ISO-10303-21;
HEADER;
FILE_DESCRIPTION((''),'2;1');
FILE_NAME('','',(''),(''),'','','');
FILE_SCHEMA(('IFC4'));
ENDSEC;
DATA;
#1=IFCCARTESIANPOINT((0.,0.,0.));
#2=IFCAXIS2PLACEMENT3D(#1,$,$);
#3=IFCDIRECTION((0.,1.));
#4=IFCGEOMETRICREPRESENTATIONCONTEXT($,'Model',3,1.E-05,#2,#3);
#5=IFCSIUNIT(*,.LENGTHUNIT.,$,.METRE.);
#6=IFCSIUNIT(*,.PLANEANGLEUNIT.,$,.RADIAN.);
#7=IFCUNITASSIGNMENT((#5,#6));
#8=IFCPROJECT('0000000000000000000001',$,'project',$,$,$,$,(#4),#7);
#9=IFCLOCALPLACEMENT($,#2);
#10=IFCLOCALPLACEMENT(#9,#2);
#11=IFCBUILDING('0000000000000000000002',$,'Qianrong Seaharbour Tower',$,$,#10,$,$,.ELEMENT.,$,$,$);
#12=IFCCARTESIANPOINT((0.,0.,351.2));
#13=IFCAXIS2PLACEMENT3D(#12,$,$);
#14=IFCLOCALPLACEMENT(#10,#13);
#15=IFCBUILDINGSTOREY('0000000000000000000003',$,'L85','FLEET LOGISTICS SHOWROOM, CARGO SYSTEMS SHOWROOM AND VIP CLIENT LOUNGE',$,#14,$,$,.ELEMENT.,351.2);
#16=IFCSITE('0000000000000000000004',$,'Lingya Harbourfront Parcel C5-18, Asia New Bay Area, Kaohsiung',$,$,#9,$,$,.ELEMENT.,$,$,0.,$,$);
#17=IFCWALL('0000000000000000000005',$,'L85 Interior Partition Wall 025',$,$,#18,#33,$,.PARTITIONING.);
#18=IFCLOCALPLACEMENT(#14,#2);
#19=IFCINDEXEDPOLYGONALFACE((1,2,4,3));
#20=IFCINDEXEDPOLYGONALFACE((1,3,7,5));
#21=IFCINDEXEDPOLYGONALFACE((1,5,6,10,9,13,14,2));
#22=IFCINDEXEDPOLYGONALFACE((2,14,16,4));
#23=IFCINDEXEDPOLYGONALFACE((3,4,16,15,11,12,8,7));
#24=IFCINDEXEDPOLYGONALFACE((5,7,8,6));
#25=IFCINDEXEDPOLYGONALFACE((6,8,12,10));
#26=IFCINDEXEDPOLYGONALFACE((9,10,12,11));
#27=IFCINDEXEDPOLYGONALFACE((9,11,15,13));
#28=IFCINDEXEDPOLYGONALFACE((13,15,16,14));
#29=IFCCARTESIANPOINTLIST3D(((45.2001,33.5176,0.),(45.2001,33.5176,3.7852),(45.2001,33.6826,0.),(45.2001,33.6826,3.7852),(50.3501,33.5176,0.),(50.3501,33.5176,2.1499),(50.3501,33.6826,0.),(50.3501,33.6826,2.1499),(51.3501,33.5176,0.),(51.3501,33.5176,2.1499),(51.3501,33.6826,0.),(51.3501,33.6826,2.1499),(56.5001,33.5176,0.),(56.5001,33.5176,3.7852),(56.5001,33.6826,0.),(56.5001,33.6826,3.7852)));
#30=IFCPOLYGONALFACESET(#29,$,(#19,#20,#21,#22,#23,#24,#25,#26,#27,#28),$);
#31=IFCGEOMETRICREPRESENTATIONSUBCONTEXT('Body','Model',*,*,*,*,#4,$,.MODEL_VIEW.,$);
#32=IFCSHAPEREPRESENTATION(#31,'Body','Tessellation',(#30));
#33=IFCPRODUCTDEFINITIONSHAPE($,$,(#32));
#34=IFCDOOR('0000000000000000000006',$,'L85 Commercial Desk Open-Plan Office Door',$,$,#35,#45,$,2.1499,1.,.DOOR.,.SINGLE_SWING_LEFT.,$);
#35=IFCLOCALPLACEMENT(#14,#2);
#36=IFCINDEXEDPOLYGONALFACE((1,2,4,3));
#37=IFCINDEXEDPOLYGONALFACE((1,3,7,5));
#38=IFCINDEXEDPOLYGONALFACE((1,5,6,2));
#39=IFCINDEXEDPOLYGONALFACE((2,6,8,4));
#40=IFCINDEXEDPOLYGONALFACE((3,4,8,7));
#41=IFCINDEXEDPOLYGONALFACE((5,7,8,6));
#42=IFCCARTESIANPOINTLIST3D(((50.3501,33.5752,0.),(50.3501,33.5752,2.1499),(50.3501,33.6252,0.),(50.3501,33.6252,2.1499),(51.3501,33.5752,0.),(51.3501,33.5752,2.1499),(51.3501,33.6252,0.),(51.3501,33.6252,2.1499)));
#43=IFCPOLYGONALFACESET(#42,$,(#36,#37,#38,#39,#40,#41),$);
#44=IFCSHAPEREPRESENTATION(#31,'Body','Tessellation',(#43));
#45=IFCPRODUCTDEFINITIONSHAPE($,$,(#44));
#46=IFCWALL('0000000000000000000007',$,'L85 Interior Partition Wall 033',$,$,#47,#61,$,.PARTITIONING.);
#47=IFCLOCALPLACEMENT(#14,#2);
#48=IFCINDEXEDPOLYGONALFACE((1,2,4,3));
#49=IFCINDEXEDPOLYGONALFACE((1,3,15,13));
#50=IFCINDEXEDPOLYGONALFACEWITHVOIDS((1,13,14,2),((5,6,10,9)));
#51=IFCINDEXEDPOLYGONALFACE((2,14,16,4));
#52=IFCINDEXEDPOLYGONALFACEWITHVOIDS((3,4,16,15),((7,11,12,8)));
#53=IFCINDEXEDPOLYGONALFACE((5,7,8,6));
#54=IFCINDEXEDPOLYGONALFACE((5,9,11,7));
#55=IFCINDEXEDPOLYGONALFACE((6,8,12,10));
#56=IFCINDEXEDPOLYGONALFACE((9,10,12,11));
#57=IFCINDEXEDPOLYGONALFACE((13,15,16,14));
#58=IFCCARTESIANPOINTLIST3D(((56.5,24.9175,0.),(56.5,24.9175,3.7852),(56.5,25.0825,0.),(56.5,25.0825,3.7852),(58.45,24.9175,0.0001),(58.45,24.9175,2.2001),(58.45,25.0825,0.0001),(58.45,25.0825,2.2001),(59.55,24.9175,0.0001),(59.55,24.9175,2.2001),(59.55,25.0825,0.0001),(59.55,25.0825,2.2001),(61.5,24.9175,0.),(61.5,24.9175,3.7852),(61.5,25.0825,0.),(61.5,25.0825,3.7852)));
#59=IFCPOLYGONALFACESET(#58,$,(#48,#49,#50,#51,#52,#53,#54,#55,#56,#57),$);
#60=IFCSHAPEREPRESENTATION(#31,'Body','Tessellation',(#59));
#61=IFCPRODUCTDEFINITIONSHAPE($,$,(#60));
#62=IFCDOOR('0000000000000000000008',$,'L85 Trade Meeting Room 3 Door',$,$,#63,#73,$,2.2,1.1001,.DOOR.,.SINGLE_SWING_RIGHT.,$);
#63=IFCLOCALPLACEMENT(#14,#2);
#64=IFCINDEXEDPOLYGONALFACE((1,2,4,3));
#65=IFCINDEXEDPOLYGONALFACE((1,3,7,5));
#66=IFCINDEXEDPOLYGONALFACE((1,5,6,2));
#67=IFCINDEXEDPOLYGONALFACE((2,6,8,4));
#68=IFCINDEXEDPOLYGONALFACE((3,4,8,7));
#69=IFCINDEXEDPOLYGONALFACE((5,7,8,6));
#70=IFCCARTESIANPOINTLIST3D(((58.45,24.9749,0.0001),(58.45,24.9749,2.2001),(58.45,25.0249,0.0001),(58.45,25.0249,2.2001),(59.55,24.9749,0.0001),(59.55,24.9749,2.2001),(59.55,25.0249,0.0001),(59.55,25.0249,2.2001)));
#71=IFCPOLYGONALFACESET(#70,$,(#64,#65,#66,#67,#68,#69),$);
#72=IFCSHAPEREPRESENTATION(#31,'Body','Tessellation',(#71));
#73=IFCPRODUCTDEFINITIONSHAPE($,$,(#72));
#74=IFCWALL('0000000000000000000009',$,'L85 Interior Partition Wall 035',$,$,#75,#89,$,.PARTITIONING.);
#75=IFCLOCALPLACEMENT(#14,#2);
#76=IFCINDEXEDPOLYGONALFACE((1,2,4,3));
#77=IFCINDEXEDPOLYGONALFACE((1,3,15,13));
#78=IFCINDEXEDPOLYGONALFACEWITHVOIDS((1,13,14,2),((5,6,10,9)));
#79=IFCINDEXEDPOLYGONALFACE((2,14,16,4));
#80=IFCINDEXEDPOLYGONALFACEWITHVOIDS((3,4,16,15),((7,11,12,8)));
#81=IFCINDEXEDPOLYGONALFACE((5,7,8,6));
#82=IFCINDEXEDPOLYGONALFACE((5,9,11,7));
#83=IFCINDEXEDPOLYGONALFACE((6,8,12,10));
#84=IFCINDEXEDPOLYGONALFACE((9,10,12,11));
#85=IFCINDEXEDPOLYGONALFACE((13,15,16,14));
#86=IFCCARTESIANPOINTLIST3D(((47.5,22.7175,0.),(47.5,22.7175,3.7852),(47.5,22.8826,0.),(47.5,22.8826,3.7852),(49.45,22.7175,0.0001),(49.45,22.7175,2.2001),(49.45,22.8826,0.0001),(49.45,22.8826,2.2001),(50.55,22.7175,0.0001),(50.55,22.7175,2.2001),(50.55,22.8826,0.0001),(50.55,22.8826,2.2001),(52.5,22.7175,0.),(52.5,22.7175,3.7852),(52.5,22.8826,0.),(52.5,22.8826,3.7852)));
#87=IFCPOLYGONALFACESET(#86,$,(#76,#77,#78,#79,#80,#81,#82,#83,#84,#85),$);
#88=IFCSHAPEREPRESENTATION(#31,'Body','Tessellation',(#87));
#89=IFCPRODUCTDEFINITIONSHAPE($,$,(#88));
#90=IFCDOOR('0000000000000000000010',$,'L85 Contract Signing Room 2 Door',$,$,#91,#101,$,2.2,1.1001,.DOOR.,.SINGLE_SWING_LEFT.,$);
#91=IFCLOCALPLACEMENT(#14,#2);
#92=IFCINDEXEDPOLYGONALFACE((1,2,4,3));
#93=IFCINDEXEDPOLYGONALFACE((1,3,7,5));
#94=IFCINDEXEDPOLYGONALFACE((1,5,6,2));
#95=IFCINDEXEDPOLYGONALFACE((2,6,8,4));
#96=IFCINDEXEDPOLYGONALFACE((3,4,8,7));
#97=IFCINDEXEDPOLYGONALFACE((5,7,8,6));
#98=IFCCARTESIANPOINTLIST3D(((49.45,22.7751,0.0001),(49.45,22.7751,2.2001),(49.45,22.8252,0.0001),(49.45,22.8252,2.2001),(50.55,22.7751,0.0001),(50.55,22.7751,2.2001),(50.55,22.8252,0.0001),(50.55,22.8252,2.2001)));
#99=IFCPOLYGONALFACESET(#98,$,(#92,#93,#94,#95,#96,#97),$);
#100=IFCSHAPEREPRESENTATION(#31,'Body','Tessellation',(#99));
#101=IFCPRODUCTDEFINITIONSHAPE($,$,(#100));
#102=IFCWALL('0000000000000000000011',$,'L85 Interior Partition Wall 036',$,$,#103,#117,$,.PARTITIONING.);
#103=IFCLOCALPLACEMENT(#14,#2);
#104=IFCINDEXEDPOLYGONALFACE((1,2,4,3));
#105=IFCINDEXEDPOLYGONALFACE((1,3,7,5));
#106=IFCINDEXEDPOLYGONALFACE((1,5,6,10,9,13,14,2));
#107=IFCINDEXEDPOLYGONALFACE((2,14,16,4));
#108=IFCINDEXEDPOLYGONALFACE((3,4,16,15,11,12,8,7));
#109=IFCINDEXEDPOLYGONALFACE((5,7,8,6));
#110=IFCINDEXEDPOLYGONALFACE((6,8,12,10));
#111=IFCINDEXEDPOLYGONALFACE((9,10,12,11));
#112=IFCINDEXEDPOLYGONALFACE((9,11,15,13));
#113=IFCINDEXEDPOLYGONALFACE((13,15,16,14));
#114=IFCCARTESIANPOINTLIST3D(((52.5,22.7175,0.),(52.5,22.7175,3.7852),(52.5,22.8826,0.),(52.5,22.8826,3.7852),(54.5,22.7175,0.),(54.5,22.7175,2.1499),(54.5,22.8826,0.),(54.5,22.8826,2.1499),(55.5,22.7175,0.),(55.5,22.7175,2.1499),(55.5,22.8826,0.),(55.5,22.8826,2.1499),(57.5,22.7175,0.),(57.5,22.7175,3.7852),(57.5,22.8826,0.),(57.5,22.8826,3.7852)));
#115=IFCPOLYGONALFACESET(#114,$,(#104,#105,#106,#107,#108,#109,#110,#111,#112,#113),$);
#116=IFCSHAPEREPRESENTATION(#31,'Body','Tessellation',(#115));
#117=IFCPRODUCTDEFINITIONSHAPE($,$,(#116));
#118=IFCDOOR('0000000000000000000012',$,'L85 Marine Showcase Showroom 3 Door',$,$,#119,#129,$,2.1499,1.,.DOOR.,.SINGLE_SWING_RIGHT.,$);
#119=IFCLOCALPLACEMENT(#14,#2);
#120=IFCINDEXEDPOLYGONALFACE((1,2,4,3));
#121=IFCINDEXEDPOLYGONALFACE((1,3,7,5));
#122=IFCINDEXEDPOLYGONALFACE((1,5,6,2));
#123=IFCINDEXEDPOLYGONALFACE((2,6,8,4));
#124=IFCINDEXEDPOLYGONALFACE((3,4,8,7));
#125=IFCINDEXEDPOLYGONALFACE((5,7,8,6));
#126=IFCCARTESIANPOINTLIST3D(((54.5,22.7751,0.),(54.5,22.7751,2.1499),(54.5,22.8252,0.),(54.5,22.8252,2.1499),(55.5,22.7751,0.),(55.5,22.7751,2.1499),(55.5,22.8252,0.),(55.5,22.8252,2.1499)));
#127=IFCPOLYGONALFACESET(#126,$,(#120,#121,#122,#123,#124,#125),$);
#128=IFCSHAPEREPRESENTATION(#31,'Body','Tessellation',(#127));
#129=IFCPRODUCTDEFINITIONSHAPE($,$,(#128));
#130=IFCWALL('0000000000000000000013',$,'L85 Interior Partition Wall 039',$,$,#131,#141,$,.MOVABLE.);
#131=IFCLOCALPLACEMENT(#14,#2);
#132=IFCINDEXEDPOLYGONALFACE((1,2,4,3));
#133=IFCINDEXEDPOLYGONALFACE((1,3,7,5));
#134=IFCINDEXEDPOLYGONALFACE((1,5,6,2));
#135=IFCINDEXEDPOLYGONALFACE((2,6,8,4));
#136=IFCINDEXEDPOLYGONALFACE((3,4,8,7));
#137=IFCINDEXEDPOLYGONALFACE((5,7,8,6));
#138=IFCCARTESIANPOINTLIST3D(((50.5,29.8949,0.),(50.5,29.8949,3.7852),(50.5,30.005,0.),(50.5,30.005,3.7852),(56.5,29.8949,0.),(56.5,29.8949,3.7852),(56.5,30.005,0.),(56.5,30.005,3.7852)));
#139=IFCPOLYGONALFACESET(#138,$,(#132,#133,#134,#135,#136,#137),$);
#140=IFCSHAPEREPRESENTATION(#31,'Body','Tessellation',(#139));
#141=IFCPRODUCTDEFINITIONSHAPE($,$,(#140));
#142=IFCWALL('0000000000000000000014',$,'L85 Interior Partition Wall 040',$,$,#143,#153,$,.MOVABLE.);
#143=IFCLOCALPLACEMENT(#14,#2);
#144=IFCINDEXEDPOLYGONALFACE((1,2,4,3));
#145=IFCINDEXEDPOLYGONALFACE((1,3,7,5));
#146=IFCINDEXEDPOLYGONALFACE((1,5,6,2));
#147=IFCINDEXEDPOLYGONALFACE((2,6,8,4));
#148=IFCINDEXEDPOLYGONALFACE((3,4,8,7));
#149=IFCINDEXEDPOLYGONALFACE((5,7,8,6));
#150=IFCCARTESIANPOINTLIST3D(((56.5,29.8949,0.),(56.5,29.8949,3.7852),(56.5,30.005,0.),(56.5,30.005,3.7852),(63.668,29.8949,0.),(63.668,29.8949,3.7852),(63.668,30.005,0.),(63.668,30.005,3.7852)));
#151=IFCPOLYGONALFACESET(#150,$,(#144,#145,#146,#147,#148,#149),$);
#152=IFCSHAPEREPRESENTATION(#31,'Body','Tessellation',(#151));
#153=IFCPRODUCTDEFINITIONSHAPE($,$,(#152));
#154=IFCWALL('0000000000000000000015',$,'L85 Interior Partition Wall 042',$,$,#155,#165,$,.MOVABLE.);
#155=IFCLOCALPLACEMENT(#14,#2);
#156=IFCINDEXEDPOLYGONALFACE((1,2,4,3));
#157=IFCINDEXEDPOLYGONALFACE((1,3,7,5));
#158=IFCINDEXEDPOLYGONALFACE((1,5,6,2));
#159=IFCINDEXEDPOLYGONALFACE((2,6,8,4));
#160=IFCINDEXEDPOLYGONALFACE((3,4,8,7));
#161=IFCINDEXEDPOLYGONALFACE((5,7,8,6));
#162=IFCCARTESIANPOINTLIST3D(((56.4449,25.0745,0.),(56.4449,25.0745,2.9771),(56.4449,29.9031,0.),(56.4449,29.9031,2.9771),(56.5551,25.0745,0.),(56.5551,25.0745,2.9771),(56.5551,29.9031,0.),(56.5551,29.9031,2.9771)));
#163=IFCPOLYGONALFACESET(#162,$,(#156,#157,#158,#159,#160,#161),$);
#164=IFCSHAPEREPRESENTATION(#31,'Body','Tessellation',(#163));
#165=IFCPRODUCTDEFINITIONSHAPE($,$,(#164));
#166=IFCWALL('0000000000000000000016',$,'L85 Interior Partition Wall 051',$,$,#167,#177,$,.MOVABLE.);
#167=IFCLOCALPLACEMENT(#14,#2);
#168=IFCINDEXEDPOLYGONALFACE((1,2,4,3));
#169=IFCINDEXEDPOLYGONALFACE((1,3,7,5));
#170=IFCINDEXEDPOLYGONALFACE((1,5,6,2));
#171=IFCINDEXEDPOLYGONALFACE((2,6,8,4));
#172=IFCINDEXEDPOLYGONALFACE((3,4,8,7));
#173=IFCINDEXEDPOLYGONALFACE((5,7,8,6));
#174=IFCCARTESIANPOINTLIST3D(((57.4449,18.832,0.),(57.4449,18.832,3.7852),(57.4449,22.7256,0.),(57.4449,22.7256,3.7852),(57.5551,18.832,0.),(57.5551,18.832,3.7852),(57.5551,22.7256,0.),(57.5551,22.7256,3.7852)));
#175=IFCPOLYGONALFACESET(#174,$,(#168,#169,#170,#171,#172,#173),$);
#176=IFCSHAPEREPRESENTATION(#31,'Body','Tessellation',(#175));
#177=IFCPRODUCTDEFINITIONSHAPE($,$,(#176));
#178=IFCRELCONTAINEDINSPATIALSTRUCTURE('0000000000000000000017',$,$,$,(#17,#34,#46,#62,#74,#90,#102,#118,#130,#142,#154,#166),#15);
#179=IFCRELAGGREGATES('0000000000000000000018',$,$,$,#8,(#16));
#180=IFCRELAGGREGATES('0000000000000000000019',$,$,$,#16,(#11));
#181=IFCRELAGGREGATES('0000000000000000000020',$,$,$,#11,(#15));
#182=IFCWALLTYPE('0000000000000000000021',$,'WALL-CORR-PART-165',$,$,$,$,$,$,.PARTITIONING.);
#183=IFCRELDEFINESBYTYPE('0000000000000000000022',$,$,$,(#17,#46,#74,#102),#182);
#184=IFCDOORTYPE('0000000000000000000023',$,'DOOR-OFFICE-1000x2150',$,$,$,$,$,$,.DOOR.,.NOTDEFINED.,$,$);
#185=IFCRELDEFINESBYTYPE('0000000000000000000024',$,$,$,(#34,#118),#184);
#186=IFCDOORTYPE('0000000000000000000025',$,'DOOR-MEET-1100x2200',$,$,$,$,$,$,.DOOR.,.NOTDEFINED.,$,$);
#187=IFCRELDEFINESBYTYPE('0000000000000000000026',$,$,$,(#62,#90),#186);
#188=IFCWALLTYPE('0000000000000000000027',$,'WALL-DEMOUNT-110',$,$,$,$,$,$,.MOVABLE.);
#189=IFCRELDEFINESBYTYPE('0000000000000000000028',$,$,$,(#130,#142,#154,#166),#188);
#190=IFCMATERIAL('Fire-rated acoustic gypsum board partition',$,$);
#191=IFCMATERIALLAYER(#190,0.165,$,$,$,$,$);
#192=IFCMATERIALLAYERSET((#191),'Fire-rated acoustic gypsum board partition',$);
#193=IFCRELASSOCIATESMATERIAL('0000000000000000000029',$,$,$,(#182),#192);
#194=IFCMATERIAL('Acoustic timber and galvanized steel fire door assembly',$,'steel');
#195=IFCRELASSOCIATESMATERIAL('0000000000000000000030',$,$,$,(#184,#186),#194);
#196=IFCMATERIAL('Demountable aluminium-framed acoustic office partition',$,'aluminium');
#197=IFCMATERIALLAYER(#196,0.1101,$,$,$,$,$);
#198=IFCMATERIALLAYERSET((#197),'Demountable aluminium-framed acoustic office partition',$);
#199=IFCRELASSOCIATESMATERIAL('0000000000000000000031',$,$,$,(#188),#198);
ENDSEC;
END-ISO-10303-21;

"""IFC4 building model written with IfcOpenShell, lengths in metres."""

from ifc_helpers import new_model, si_unit, direction, frame, frame_2d, origin, place, context, subcontext, project, spatial, rectangle, extrude, material, layer, layer_set, type_object, element, fill, save


model = new_model("IFC4")

# Units and contexts
model_context = context("Model", 3, precision=1e-05, world=origin(), true_north=direction((0.0, 1.0)))
body_context = subcontext(model_context, "Body", "Model", "MODEL_VIEW")
ifc_project = project(units=[si_unit("LENGTHUNIT", "METRE"), si_unit("PLANEANGLEUNIT", "RADIAN")], contexts=[model_context])

# Site, building, storey
site_placement = place(None, origin())
site = spatial("IfcSite", under=ifc_project, at=site_placement, Name="Lingya Harbourfront Parcel C5-18, Asia New Bay Area, Kaohsiung", CompositionType="ELEMENT", RefElevation=0.0)
building_placement = place(site_placement, origin())
building = spatial("IfcBuilding", under=site, at=building_placement, Name="Qianrong Seaharbour Tower", CompositionType="ELEMENT")
storey_placement = place(building_placement, frame((0.0, 0.0, 351.2)))
storey = spatial("IfcBuildingStorey", under=building, at=storey_placement, Name="L85", Description="FLEET LOGISTICS SHOWROOM, CARGO SYSTEMS SHOWROOM AND VIP CLIENT LOUNGE", CompositionType="ELEMENT", Elevation=351.2)

# Shared definitions
ifc_material_1 = material(Name="Fire-rated acoustic gypsum board partition")
ifc_layer_1 = layer(ifc_material_1, 0.165)
ifc_layer_set_1 = layer_set([ifc_layer_1], Name="Fire-rated acoustic gypsum board partition")
wall_type_1 = type_object("IfcWallType", Name="WALL-CORR-PART-165", PredefinedType="PARTITIONING", material=ifc_layer_set_1)

# Walls, openings, doors
wall_1_placement = place(storey_placement, frame((56.5, 33.6001, 0.0), z_axis=(0.0, 0.0, 1.0), x_axis=(-1.0, 0.0, 0.0)))
wall_1 = element("IfcWall", 1, at=wall_1_placement, inside=storey, type_object=wall_type_1, Name="L85 Interior Partition Wall 025", PredefinedType="PARTITIONING", context=body_context, shape_type="SweptSolid", body=[
    extrude(rectangle(XDim=11.3, YDim=0.165, at=frame_2d((5.6499, 0.0))), origin(), (0.0, 0.0, 1.0), 3.7852),
])
opening_1_placement = place(wall_1_placement, frame((5.1499, 0.0, 0.0)))
opening_1 = element("IfcOpeningElement", 2, at=opening_1_placement, cuts=wall_1, PredefinedType="OPENING", context=body_context, shape_type="SweptSolid", body=[
    extrude(rectangle(XDim=1.0, YDim=2.1499, at=frame_2d((0.5, 1.075))), frame((0.0, 0.0925, 0.0), z_axis=(0.0, -1.0, 0.0), x_axis=(1.0, 0.0, 0.0)), (0.0, 0.0, 1.0), 0.1851),
])
ifc_material_2 = material(Name="Acoustic timber and galvanized steel fire door assembly", Category="steel")
door_type_1 = type_object("IfcDoorType", Name="DOOR-OFFICE-1000x2150", OperationType="NOTDEFINED", PredefinedType="DOOR", material=ifc_material_2)
door_1_placement = place(opening_1_placement, origin())
door_1 = element("IfcDoor", 3, at=door_1_placement, inside=storey, type_object=door_type_1, Name="L85 Commercial Desk Open-Plan Office Door", OperationType="SINGLE_SWING_LEFT", OverallHeight=2.1499, OverallWidth=1.0, PredefinedType="DOOR", context=body_context, shape_type="SweptSolid", body=[
    extrude(rectangle(XDim=1.0, YDim=2.1499, at=frame_2d((0.5, 1.075))), frame((0.0, 0.0249, 0.0), z_axis=(0.0, -1.0, 0.0), x_axis=(1.0, 0.0, 0.0)), (0.0, 0.0, 1.0), 0.05),
])
fill(opening_1, door_1)
wall_2_placement = place(storey_placement, frame((56.5, 25.0, 0.0), z_axis=(0.0, 0.0, 1.0), x_axis=(1.0, 0.0, 0.0)))
wall_2 = element("IfcWall", 4, at=wall_2_placement, inside=storey, type_object=wall_type_1, Name="L85 Interior Partition Wall 033", PredefinedType="PARTITIONING", context=body_context, shape_type="SweptSolid", body=[
    extrude(rectangle(XDim=5.0, YDim=0.165, at=frame_2d((2.5, 0.0))), origin(), (0.0, 0.0, 1.0), 3.7852),
])
opening_2_placement = place(wall_2_placement, frame((1.95, 0.0, 0.0)))
opening_2 = element("IfcOpeningElement", 5, at=opening_2_placement, cuts=wall_2, PredefinedType="OPENING", context=body_context, shape_type="SweptSolid", body=[
    extrude(rectangle(XDim=1.1001, YDim=2.2, at=frame_2d((0.55, 1.1001))), frame((0.0, 0.0925, 0.0), z_axis=(0.0, -1.0, 0.0), x_axis=(1.0, 0.0, 0.0)), (0.0, 0.0, 1.0), 0.1851),
])
door_type_2 = type_object("IfcDoorType", Name="DOOR-MEET-1100x2200", OperationType="NOTDEFINED", PredefinedType="DOOR", material=ifc_material_2)
door_2_placement = place(opening_2_placement, origin())
door_2 = element("IfcDoor", 6, at=door_2_placement, inside=storey, type_object=door_type_2, Name="L85 Trade Meeting Room 3 Door", OperationType="SINGLE_SWING_RIGHT", OverallHeight=2.2, OverallWidth=1.1001, PredefinedType="DOOR", context=body_context, shape_type="SweptSolid", body=[
    extrude(rectangle(XDim=1.1001, YDim=2.2, at=frame_2d((0.55, 1.1001))), frame((0.0, 0.0249, 0.0), z_axis=(0.0, -1.0, 0.0), x_axis=(1.0, 0.0, 0.0)), (0.0, 0.0, 1.0), 0.05),
])
fill(opening_2, door_2)
wall_3_placement = place(storey_placement, frame((52.5, 22.8, 0.0), z_axis=(0.0, 0.0, 1.0), x_axis=(-1.0, 0.0, 0.0)))
wall_3 = element("IfcWall", 7, at=wall_3_placement, inside=storey, type_object=wall_type_1, Name="L85 Interior Partition Wall 035", PredefinedType="PARTITIONING", context=body_context, shape_type="SweptSolid", body=[
    extrude(rectangle(XDim=5.0, YDim=0.165, at=frame_2d((2.5, 0.0))), origin(), (0.0, 0.0, 1.0), 3.7852),
])
opening_3_placement = place(wall_3_placement, frame((1.95, 0.0, 0.0)))
opening_3 = element("IfcOpeningElement", 8, at=opening_3_placement, cuts=wall_3, PredefinedType="OPENING", context=body_context, shape_type="SweptSolid", body=[
    extrude(rectangle(XDim=1.1001, YDim=2.2, at=frame_2d((0.55, 1.1001))), frame((0.0, 0.0925, 0.0), z_axis=(0.0, -1.0, 0.0), x_axis=(1.0, 0.0, 0.0)), (0.0, 0.0, 1.0), 0.1851),
])
door_3_placement = place(opening_3_placement, origin())
door_3 = element("IfcDoor", 9, at=door_3_placement, inside=storey, type_object=door_type_2, Name="L85 Contract Signing Room 2 Door", OperationType="SINGLE_SWING_LEFT", OverallHeight=2.2, OverallWidth=1.1001, PredefinedType="DOOR", context=body_context, shape_type="SweptSolid", body=[
    extrude(rectangle(XDim=1.1001, YDim=2.2, at=frame_2d((0.55, 1.1001))), frame((0.0, 0.0249, 0.0), z_axis=(0.0, -1.0, 0.0), x_axis=(1.0, 0.0, 0.0)), (0.0, 0.0, 1.0), 0.05),
])
fill(opening_3, door_3)
wall_4_placement = place(storey_placement, frame((57.5, 22.8, 0.0), z_axis=(0.0, 0.0, 1.0), x_axis=(-1.0, 0.0, 0.0)))
wall_4 = element("IfcWall", 10, at=wall_4_placement, inside=storey, type_object=wall_type_1, Name="L85 Interior Partition Wall 036", PredefinedType="PARTITIONING", context=body_context, shape_type="SweptSolid", body=[
    extrude(rectangle(XDim=5.0, YDim=0.165, at=frame_2d((2.5, 0.0))), origin(), (0.0, 0.0, 1.0), 3.7852),
])
opening_4_placement = place(wall_4_placement, frame((2.0, 0.0, 0.0)))
opening_4 = element("IfcOpeningElement", 11, at=opening_4_placement, cuts=wall_4, PredefinedType="OPENING", context=body_context, shape_type="SweptSolid", body=[
    extrude(rectangle(XDim=1.0, YDim=2.1499, at=frame_2d((0.5, 1.075))), frame((0.0, 0.0925, 0.0), z_axis=(0.0, -1.0, 0.0), x_axis=(1.0, 0.0, 0.0)), (0.0, 0.0, 1.0), 0.1851),
])
door_4_placement = place(opening_4_placement, origin())
door_4 = element("IfcDoor", 12, at=door_4_placement, inside=storey, type_object=door_type_1, Name="L85 Marine Showcase Showroom 3 Door", OperationType="SINGLE_SWING_RIGHT", OverallHeight=2.1499, OverallWidth=1.0, PredefinedType="DOOR", context=body_context, shape_type="SweptSolid", body=[
    extrude(rectangle(XDim=1.0, YDim=2.1499, at=frame_2d((0.5, 1.075))), frame((0.0, 0.0249, 0.0), z_axis=(0.0, -1.0, 0.0), x_axis=(1.0, 0.0, 0.0)), (0.0, 0.0, 1.0), 0.05),
])
fill(opening_4, door_4)

# Walls
ifc_material_3 = material(Name="Demountable aluminium-framed acoustic office partition", Category="aluminium")
ifc_layer_2 = layer(ifc_material_3, 0.1101)
ifc_layer_set_2 = layer_set([ifc_layer_2], Name="Demountable aluminium-framed acoustic office partition")
wall_type_2 = type_object("IfcWallType", Name="WALL-DEMOUNT-110", PredefinedType="MOVABLE", material=ifc_layer_set_2)
wall_5_placement = place(storey_placement, frame((56.5, 29.95, 0.0), z_axis=(0.0, 0.0, 1.0), x_axis=(-1.0, 0.0, 0.0)))
element("IfcWall", 13, at=wall_5_placement, inside=storey, type_object=wall_type_2, Name="L85 Interior Partition Wall 039", PredefinedType="MOVABLE", context=body_context, shape_type="SweptSolid", body=[
    extrude(rectangle(XDim=6.0, YDim=0.1101, at=frame_2d((3.0, 0.0))), origin(), (0.0, 0.0, 1.0), 3.7852),
])
wall_6_placement = place(storey_placement, frame((63.668, 29.95, 0.0), z_axis=(0.0, 0.0, 1.0), x_axis=(-1.0, 0.0, 0.0)))
element("IfcWall", 14, at=wall_6_placement, inside=storey, type_object=wall_type_2, Name="L85 Interior Partition Wall 040", PredefinedType="MOVABLE", context=body_context, shape_type="SweptSolid", body=[
    extrude(rectangle(XDim=7.168, YDim=0.1101, at=frame_2d((3.584, 0.0))), origin(), (0.0, 0.0, 1.0), 3.7852),
])
wall_7_placement = place(storey_placement, frame((56.5, 29.9031, 0.0), z_axis=(0.0, 0.0, 1.0), x_axis=(0.0, -1.0, 0.0)))
element("IfcWall", 15, at=wall_7_placement, inside=storey, type_object=wall_type_2, Name="L85 Interior Partition Wall 042", PredefinedType="MOVABLE", context=body_context, shape_type="SweptSolid", body=[
    extrude(rectangle(XDim=4.8286, YDim=0.1101, at=frame_2d((2.4143, 0.0))), origin(), (0.0, 0.0, 1.0), 2.9771),
])
wall_8_placement = place(storey_placement, frame((57.5, 22.7256, 0.0), z_axis=(0.0, 0.0, 1.0), x_axis=(0.0, -1.0, 0.0)))
element("IfcWall", 16, at=wall_8_placement, inside=storey, type_object=wall_type_2, Name="L85 Interior Partition Wall 051", PredefinedType="MOVABLE", context=body_context, shape_type="SweptSolid", body=[
    extrude(rectangle(XDim=3.8936, YDim=0.1101, at=frame_2d((1.9468, 0.0))), origin(), (0.0, 0.0, 1.0), 3.7852),
])

save(model, "model.ifc")
